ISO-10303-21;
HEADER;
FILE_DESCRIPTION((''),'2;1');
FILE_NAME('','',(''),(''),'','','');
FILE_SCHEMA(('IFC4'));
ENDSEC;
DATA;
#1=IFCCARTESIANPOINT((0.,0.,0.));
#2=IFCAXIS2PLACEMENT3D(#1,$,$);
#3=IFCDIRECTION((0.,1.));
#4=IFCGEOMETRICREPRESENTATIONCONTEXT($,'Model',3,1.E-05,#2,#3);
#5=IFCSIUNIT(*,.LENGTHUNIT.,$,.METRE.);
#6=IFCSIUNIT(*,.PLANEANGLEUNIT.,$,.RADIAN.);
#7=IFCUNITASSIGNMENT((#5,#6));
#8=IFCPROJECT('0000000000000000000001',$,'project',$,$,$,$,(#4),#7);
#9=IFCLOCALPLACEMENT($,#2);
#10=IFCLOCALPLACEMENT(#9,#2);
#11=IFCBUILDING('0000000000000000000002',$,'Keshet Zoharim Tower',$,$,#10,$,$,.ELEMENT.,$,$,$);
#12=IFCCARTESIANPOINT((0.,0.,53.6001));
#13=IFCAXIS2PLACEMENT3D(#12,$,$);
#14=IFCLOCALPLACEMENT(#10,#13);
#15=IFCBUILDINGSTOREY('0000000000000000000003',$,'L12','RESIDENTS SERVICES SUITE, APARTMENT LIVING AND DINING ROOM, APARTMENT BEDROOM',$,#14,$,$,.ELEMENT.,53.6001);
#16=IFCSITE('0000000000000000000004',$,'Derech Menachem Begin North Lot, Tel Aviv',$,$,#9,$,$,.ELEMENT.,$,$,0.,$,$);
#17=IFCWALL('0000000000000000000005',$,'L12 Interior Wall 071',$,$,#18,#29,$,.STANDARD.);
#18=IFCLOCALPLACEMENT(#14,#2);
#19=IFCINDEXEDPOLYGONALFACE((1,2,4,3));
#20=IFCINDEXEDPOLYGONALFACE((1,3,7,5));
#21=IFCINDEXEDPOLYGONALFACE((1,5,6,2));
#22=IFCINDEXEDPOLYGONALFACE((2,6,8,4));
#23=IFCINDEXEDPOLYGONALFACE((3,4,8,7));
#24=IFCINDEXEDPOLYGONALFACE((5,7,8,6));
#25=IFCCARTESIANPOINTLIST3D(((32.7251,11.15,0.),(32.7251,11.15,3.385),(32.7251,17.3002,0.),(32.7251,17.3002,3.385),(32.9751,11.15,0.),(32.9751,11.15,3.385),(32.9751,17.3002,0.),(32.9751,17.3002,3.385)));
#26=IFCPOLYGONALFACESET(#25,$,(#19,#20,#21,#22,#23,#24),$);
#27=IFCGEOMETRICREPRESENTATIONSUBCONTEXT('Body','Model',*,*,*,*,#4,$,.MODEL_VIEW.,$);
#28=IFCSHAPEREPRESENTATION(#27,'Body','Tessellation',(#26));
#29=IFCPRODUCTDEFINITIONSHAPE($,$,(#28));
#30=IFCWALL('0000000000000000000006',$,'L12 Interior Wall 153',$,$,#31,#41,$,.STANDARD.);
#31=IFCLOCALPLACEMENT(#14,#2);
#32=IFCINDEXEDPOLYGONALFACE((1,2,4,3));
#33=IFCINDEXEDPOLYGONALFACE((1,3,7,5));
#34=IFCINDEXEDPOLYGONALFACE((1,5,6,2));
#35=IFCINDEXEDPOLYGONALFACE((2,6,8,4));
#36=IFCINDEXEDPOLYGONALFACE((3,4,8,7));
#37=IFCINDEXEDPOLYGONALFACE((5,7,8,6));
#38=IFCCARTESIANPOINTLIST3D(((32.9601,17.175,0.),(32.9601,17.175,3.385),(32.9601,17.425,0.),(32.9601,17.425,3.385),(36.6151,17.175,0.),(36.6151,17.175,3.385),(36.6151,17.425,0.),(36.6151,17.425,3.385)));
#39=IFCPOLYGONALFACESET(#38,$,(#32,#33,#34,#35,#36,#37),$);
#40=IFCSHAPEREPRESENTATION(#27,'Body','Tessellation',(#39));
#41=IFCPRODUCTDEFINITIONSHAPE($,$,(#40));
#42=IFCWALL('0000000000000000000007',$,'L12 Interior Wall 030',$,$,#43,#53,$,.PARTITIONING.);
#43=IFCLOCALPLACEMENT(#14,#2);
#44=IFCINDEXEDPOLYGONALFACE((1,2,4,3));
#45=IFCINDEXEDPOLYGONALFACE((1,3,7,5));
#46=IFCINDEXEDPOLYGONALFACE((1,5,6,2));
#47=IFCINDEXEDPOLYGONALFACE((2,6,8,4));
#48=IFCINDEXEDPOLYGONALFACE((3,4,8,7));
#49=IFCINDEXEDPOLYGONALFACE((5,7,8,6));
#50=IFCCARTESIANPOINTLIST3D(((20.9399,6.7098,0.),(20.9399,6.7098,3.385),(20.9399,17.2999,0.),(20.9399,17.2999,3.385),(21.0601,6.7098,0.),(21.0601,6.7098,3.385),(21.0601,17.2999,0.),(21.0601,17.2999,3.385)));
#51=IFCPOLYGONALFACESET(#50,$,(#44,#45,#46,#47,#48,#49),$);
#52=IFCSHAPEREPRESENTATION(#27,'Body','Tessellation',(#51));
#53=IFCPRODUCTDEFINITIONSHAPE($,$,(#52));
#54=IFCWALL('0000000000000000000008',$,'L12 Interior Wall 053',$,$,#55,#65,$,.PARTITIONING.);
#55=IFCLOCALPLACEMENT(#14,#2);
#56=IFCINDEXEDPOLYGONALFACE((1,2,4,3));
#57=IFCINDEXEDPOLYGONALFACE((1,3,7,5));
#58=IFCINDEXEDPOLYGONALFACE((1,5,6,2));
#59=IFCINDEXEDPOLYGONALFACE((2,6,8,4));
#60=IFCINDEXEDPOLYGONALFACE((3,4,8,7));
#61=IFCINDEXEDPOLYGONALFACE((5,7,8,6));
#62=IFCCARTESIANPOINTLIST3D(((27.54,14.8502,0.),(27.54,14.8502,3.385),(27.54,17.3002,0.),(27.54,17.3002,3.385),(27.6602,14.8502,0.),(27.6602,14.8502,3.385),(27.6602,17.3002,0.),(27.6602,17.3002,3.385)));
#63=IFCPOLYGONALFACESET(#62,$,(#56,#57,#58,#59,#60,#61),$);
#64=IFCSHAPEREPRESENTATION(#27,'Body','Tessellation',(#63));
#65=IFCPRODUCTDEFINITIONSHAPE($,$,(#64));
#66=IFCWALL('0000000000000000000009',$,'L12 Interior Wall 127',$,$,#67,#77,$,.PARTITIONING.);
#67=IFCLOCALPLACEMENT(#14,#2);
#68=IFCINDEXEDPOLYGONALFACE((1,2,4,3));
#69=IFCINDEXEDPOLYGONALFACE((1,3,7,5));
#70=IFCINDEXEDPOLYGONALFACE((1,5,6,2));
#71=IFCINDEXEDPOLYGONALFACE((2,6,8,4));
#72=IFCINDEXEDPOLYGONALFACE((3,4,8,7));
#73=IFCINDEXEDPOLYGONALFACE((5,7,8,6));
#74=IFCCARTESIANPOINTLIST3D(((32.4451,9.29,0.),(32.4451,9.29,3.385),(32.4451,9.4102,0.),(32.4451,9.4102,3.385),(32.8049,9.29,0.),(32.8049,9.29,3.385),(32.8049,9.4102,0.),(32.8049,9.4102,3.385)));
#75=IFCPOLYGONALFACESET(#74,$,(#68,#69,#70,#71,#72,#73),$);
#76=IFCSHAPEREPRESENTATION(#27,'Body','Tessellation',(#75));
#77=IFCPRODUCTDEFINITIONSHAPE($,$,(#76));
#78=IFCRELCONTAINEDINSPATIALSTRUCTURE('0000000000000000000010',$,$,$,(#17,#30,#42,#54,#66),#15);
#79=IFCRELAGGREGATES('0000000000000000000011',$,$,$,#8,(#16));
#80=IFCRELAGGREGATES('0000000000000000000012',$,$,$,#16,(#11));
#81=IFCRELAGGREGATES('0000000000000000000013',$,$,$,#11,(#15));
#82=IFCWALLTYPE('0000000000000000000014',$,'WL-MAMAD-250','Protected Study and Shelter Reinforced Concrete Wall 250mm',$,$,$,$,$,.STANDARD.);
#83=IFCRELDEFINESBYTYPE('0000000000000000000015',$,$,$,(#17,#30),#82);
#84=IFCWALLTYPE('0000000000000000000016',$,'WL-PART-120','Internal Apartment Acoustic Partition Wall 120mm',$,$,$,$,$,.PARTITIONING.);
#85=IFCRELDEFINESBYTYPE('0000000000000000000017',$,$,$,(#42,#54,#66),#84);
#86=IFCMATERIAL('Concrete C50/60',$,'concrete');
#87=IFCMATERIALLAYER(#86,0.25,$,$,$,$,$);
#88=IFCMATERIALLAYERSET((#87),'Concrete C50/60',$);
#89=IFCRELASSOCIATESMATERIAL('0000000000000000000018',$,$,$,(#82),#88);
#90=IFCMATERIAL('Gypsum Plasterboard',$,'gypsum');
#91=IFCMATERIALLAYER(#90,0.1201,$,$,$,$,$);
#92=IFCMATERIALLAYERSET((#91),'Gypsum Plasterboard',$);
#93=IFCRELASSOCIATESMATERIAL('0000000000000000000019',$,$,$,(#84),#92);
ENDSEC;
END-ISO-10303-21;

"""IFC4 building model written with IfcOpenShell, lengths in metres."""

from ifc_helpers import new_model, si_unit, direction, frame, frame_2d, origin, place, context, subcontext, project, spatial, rectangle, extrude, material, layer, layer_set, type_object, element, save


model = new_model("IFC4")

# Units and contexts
model_context = context("Model", 3, precision=1e-05, world=origin(), true_north=direction((0.0, 1.0)))
body_context = subcontext(model_context, "Body", "Model", "MODEL_VIEW")
ifc_project = project(units=[si_unit("LENGTHUNIT", "METRE"), si_unit("PLANEANGLEUNIT", "RADIAN")], contexts=[model_context])

# Site, building, storey
site_placement = place(None, origin())
site = spatial("IfcSite", under=ifc_project, at=site_placement, Name="Derech Menachem Begin North Lot, Tel Aviv", CompositionType="ELEMENT", RefElevation=0.0)
building_placement = place(site_placement, origin())
building = spatial("IfcBuilding", under=site, at=building_placement, Name="Keshet Zoharim Tower", CompositionType="ELEMENT")
storey_placement = place(building_placement, frame((0.0, 0.0, 53.6001)))
storey = spatial("IfcBuildingStorey", under=building, at=storey_placement, Name="L12", Description="RESIDENTS SERVICES SUITE, APARTMENT LIVING AND DINING ROOM, APARTMENT BEDROOM", CompositionType="ELEMENT", Elevation=53.6001)

# Shared definitions
ifc_material_1 = material(Name="Gypsum Plasterboard", Category="gypsum")

# Wall
ifc_material_2 = material(Name="Concrete C50/60", Category="concrete")
ifc_layer_1 = layer(ifc_material_2, 0.25)
ifc_layer_set_1 = layer_set([ifc_layer_1], Name="Concrete C50/60")
wall_type_1 = type_object("IfcWallType", Name="WL-MAMAD-250", Description="Protected Study and Shelter Reinforced Concrete Wall 250mm", PredefinedType="STANDARD", material=ifc_layer_set_1)
wall_1_placement = place(storey_placement, frame((32.8501, 11.1499, 0.0), z_axis=(0.0, 0.0, 1.0), x_axis=(0.0, 1.0, 0.0)))
element("IfcWall", 1, at=wall_1_placement, inside=storey, type_object=wall_type_1, Name="L12 Interior Wall 071", PredefinedType="STANDARD", context=body_context, shape_type="SweptSolid", body=[
    extrude(rectangle(XDim=6.1501, YDim=0.25, at=frame_2d((3.0752, 0.0))), origin(), (0.0, 0.0, 1.0), 3.385),
])

# Walls
wall_2_placement = place(storey_placement, frame((32.96, 17.3, 0.0), z_axis=(0.0, 0.0, 1.0), x_axis=(1.0, 0.0, 0.0)))
element("IfcWall", 2, at=wall_2_placement, inside=storey, type_object=wall_type_1, Name="L12 Interior Wall 153", PredefinedType="STANDARD", context=body_context, shape_type="SweptSolid", body=[
    extrude(rectangle(XDim=3.655, YDim=0.25, at=frame_2d((1.8276, 0.0))), origin(), (0.0, 0.0, 1.0), 3.385),
])
ifc_layer_2 = layer(ifc_material_1, 0.1201)
ifc_layer_set_2 = layer_set([ifc_layer_2], Name="Gypsum Plasterboard")
wall_type_2 = type_object("IfcWallType", Name="WL-PART-120", Description="Internal Apartment Acoustic Partition Wall 120mm", PredefinedType="PARTITIONING", material=ifc_layer_set_2)
wall_3_placement = place(storey_placement, frame((21.0, 6.71, 0.0), z_axis=(0.0, 0.0, 1.0), x_axis=(0.0, 1.0, 0.0)))
element("IfcWall", 3, at=wall_3_placement, inside=storey, type_object=wall_type_2, Name="L12 Interior Wall 030", PredefinedType="PARTITIONING", context=body_context, shape_type="SweptSolid", body=[
    extrude(rectangle(XDim=10.5901, YDim=0.1201, at=frame_2d((5.2949, 0.0))), origin(), (0.0, 0.0, 1.0), 3.385),
])
wall_4_placement = place(storey_placement, frame((27.6001, 14.8501, 0.0), z_axis=(0.0, 0.0, 1.0), x_axis=(0.0, 1.0, 0.0)))
element("IfcWall", 4, at=wall_4_placement, inside=storey, type_object=wall_type_2, Name="L12 Interior Wall 053", PredefinedType="PARTITIONING", context=body_context, shape_type="SweptSolid", body=[
    extrude(rectangle(XDim=2.45, YDim=0.1201, at=frame_2d((1.2251, 0.0))), origin(), (0.0, 0.0, 1.0), 3.385),
])
wall_5_placement = place(storey_placement, frame((32.4451, 9.3501, 0.0), z_axis=(0.0, 0.0, 1.0), x_axis=(1.0, 0.0, 0.0)))
element("IfcWall", 5, at=wall_5_placement, inside=storey, type_object=wall_type_2, Name="L12 Interior Wall 127", PredefinedType="PARTITIONING", context=body_context, shape_type="SweptSolid", body=[
    extrude(rectangle(XDim=0.3599, YDim=0.1201, at=frame_2d((0.1799, 0.0))), origin(), (0.0, 0.0, 1.0), 3.385),
])

save(model, "model.ifc")
